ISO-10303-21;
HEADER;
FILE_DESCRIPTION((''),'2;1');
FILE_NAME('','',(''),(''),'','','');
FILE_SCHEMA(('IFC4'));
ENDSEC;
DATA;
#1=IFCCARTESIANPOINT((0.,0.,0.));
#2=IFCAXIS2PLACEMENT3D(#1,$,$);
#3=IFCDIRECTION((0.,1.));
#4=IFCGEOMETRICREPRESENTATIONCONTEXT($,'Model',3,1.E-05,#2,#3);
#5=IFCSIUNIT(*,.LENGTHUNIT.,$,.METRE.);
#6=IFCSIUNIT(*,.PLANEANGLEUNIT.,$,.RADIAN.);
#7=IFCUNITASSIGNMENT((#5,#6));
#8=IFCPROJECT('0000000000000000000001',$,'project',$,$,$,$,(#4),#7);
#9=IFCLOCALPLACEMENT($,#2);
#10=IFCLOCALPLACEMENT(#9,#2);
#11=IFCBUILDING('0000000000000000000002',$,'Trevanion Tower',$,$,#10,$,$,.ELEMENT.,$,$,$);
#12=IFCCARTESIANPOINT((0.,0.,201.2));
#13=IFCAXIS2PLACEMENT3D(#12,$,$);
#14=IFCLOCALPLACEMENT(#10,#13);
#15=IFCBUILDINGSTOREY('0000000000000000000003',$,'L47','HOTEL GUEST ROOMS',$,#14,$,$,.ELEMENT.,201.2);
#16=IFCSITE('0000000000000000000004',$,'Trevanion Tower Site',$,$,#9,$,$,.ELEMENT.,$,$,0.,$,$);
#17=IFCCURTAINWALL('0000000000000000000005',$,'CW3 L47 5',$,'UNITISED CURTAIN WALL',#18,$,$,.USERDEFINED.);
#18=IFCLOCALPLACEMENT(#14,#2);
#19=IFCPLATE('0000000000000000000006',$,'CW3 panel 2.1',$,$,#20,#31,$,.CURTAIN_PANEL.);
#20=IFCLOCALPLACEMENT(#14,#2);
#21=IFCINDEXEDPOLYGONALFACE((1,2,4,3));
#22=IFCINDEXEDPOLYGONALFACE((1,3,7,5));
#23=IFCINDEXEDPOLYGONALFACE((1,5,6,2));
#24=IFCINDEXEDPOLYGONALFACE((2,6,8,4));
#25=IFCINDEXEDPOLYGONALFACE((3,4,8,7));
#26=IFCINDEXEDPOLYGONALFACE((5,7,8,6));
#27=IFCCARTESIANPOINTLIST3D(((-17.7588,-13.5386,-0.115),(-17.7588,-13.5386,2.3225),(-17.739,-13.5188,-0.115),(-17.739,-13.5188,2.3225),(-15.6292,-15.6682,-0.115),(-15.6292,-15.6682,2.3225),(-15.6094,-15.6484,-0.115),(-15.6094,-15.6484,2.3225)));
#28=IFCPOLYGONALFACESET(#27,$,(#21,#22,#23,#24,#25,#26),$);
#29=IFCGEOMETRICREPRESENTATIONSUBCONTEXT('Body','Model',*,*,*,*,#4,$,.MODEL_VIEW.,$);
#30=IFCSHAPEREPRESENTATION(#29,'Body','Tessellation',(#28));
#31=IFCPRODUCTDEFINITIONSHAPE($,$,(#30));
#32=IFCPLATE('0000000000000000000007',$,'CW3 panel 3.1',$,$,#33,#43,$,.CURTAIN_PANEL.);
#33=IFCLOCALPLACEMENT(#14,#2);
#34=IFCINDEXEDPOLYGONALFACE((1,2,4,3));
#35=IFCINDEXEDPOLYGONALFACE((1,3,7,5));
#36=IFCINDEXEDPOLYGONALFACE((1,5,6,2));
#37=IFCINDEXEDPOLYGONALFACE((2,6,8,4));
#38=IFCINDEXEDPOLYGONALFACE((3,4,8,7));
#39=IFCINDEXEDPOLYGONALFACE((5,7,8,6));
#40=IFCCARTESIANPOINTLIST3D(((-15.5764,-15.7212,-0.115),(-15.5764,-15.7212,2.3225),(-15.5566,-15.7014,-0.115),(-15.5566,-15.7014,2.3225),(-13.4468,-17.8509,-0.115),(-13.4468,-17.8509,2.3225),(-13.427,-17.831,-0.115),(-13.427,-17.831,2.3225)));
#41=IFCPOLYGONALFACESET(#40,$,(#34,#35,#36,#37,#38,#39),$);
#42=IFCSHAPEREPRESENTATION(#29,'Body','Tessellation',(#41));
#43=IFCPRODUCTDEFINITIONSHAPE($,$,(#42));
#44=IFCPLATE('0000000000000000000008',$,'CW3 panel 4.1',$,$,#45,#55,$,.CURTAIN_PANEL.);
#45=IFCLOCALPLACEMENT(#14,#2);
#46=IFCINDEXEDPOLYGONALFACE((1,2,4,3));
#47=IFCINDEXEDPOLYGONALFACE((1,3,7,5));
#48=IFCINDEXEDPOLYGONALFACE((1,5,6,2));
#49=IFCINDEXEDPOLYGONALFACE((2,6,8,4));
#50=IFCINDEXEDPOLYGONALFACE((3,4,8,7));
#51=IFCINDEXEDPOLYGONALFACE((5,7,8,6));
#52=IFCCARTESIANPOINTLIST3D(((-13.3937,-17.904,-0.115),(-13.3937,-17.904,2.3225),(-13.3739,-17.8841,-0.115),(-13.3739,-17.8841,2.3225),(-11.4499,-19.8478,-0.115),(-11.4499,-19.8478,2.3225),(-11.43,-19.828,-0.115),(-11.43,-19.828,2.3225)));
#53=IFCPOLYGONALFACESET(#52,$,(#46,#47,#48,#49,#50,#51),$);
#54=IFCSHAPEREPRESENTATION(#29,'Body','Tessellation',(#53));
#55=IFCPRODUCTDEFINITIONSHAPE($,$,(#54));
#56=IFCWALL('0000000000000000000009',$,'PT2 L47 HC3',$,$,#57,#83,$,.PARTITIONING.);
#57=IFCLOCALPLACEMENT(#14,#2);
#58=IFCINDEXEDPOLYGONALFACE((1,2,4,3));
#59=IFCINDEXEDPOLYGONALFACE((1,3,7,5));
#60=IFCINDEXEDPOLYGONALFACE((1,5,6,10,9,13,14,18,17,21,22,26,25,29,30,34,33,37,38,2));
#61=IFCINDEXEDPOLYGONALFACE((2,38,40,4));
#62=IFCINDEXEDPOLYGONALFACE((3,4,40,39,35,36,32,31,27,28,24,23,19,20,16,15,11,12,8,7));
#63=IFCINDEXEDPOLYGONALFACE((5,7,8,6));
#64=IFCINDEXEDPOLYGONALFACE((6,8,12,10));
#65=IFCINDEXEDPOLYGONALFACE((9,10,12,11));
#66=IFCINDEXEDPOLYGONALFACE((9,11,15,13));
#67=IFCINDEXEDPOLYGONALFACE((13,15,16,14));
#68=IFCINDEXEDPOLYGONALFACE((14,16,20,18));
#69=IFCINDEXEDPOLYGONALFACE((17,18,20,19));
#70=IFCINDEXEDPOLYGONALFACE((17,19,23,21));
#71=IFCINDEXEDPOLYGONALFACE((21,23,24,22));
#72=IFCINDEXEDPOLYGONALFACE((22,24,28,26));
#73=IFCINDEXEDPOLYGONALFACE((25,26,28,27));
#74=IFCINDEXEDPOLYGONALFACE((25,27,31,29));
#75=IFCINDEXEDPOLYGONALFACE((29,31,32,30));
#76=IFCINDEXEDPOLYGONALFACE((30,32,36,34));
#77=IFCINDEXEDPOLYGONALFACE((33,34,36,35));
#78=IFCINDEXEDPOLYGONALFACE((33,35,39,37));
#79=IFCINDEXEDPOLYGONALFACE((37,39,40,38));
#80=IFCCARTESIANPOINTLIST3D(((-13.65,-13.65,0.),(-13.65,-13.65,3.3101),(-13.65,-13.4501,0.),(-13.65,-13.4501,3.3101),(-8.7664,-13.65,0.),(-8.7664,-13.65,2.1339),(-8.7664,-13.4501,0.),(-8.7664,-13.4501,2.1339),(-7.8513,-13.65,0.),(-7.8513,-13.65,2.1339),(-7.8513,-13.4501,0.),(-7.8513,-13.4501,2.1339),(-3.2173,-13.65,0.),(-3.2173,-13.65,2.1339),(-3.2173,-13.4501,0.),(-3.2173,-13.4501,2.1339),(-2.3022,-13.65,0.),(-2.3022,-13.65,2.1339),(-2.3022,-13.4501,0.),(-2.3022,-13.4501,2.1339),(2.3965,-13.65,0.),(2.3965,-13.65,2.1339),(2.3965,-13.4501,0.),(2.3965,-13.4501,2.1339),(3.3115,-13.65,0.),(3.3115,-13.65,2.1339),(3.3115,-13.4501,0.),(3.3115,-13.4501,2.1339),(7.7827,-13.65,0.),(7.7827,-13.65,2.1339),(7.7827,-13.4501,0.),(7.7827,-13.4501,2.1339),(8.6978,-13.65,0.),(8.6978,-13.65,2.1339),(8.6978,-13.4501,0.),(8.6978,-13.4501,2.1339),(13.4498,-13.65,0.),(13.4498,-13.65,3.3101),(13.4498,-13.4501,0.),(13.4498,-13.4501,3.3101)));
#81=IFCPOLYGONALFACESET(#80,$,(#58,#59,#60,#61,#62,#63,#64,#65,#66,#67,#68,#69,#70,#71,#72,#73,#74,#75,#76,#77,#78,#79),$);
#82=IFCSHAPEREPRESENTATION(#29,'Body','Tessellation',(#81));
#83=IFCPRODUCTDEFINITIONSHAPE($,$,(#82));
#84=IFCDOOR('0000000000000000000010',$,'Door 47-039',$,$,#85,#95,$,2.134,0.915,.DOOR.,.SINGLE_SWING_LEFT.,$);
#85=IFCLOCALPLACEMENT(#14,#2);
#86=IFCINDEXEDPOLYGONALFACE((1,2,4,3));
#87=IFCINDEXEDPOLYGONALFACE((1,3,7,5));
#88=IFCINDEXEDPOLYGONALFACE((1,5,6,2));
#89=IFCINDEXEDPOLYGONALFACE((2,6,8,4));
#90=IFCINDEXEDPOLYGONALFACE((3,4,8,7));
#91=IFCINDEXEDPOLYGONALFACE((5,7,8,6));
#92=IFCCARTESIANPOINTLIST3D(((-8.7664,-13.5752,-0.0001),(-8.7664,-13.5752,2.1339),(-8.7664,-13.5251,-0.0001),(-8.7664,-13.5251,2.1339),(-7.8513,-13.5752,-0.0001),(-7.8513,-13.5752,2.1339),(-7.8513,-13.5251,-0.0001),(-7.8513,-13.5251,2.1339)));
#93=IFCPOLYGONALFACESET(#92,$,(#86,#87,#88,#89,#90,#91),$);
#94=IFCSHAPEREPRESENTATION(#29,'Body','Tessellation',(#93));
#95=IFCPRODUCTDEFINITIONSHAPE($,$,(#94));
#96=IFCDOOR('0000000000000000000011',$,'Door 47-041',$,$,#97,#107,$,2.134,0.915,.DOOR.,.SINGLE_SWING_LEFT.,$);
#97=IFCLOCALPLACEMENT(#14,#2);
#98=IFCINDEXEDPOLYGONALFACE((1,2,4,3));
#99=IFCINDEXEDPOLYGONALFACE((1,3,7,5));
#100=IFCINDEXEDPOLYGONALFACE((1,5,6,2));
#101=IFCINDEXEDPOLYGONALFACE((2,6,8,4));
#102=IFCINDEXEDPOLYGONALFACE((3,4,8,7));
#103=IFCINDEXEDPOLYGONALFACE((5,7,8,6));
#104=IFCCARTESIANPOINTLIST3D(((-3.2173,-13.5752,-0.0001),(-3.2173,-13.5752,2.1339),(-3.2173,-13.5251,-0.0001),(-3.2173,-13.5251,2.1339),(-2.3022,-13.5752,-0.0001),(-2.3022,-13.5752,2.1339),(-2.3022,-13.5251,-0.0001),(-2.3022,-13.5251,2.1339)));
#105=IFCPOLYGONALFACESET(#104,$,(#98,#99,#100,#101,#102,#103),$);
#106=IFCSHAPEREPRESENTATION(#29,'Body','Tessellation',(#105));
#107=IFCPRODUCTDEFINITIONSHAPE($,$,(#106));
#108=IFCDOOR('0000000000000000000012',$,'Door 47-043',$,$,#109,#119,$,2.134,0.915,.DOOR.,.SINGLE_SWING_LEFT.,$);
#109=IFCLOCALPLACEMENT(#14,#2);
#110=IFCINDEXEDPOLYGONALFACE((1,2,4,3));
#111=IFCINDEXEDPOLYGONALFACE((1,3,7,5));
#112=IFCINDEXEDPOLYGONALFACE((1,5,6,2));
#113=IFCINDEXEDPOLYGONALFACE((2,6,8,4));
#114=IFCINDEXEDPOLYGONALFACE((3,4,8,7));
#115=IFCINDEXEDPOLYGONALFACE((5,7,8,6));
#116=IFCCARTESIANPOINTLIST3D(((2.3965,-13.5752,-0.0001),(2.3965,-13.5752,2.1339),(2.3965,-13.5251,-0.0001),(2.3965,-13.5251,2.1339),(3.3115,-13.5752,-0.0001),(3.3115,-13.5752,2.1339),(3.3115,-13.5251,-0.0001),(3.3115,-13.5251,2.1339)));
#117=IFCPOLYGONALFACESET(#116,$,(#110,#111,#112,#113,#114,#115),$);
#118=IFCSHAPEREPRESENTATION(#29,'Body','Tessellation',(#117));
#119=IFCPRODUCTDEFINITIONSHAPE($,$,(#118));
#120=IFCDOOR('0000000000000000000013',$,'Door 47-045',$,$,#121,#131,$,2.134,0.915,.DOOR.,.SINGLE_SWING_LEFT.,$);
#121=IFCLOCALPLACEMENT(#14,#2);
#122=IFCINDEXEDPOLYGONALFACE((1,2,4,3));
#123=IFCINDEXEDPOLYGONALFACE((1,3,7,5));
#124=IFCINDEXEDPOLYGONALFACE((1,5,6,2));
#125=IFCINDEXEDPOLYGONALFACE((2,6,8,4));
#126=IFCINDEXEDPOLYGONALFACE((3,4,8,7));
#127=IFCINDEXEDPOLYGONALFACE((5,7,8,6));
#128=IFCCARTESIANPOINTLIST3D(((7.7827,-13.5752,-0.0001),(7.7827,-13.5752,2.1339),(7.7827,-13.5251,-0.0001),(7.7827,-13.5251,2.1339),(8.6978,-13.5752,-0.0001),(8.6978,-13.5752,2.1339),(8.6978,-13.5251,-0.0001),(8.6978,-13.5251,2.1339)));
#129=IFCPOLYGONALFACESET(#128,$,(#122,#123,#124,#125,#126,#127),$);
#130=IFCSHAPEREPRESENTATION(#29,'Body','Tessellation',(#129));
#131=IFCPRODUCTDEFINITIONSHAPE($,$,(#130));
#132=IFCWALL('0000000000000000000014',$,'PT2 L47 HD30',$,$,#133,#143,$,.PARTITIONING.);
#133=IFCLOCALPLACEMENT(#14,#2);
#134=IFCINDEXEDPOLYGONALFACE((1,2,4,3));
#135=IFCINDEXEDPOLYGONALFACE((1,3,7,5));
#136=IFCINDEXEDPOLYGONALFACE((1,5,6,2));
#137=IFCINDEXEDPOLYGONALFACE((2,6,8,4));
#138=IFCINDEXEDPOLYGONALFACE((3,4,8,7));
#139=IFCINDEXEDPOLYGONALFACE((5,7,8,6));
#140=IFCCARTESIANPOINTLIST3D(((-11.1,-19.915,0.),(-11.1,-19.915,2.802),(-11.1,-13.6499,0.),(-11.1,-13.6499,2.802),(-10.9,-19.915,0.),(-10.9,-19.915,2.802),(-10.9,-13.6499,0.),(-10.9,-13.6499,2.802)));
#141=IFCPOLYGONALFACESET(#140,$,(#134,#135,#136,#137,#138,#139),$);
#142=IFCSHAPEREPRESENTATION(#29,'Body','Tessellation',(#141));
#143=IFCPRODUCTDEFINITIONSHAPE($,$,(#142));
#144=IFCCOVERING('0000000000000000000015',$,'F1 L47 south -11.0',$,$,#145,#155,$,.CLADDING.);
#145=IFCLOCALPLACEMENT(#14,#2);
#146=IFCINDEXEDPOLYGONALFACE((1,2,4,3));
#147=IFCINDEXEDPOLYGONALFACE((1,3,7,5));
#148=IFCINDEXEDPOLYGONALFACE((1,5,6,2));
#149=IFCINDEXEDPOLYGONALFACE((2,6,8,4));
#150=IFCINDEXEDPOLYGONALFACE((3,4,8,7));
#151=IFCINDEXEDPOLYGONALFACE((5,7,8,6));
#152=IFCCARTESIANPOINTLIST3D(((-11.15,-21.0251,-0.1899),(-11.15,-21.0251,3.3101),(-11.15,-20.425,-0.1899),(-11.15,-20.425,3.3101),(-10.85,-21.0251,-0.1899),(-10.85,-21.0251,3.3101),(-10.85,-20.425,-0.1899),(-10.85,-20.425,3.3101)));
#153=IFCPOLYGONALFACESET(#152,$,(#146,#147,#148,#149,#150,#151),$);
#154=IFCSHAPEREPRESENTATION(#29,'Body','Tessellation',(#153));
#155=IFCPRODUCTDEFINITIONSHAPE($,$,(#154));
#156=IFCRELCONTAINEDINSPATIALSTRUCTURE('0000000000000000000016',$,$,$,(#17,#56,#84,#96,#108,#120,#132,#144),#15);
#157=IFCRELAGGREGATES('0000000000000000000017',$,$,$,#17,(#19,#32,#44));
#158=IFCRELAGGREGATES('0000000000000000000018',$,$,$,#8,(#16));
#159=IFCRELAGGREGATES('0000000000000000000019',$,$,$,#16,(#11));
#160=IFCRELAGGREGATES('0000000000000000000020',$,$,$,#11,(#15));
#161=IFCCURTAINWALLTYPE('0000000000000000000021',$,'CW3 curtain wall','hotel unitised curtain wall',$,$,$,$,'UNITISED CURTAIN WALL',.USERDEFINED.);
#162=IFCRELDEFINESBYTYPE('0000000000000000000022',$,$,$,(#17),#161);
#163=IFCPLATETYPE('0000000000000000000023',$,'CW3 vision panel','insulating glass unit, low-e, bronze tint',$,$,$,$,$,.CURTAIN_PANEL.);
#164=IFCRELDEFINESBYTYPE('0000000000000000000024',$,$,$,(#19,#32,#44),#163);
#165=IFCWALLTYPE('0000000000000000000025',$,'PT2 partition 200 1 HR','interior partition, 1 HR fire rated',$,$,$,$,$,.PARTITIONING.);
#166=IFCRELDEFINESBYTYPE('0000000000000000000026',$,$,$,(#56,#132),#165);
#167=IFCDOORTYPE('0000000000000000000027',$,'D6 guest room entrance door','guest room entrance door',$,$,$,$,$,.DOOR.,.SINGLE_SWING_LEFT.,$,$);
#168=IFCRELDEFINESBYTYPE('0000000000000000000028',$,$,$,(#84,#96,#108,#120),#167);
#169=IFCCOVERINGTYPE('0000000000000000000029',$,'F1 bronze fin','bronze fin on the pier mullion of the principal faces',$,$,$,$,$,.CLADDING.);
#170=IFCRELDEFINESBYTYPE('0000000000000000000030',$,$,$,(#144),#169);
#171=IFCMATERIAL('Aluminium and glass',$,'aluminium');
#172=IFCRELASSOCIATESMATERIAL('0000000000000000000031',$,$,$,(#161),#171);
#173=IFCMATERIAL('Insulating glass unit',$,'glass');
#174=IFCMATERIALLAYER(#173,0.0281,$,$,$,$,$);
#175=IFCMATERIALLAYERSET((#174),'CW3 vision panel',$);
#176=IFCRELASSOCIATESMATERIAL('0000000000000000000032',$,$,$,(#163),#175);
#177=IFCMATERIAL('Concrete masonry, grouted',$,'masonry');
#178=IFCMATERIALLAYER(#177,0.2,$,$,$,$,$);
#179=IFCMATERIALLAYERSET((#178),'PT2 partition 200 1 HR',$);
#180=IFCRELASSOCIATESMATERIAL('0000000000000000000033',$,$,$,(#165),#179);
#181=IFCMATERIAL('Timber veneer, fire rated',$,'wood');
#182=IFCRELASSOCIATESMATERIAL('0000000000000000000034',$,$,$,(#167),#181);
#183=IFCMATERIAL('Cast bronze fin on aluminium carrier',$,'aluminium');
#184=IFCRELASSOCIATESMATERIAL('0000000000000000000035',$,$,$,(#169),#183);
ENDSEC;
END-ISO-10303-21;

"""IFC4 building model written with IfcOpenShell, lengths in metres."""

from ifc_helpers import new_model, si_unit, direction, frame, frame_2d, origin, origin_2d, place, context, subcontext, project, spatial, rectangle, extrude, material, layer, layer_set, type_object, element, fill, aggregate, save


model = new_model("IFC4")

# Units and contexts
model_context = context("Model", 3, precision=1e-05, world=origin(), true_north=direction((0.0, 1.0)))
body_context = subcontext(model_context, "Body", "Model", "MODEL_VIEW")
ifc_project = project(units=[si_unit("LENGTHUNIT", "METRE"), si_unit("PLANEANGLEUNIT", "RADIAN")], contexts=[model_context])

# Site, building, storey
site_placement = place(None, origin())
site = spatial("IfcSite", under=ifc_project, at=site_placement, Name="Trevanion Tower Site", CompositionType="ELEMENT", RefElevation=0.0)
building_placement = place(site_placement, origin())
building = spatial("IfcBuilding", under=site, at=building_placement, Name="Trevanion Tower", CompositionType="ELEMENT")
storey_placement = place(building_placement, frame((0.0, 0.0, 201.2)))
storey = spatial("IfcBuildingStorey", under=building, at=storey_placement, Name="L47", Description="HOTEL GUEST ROOMS", CompositionType="ELEMENT", Elevation=201.2)

# Curtain wall
ifc_material_1 = material(Name="Aluminium and glass", Category="aluminium")
curtain_wall_type = type_object("IfcCurtainWallType", Name="CW3 curtain wall", Description="hotel unitised curtain wall", ElementType="UNITISED CURTAIN WALL", PredefinedType="USERDEFINED", material=ifc_material_1)
curtain_wall_1_placement = place(storey_placement, origin())
curtain_wall_1 = element("IfcCurtainWall", 1, at=curtain_wall_1_placement, inside=storey, type_object=curtain_wall_type, Name="CW3 L47 5", ObjectType="UNITISED CURTAIN WALL", PredefinedType="USERDEFINED")

# Plates
ifc_material_2 = material(Name="Insulating glass unit", Category="glass")
ifc_layer_1 = layer(ifc_material_2, 0.0281)
ifc_layer_set_1 = layer_set([ifc_layer_1], Name="CW3 vision panel")
plate_type_1 = type_object("IfcPlateType", Name="CW3 vision panel", Description="insulating glass unit, low-e, bronze tint", PredefinedType="CURTAIN_PANEL", material=ifc_layer_set_1)
plate_1_placement = place(storey_placement, frame((-16.6841, -14.5935, -0.115), z_axis=(0.0, 0.0, 1.0), x_axis=(0.707107, -0.707107, 0.0)))
plate_1 = element("IfcPlate", 2, at=plate_1_placement, type_object=plate_type_1, Name="CW3 panel 2.1", PredefinedType="CURTAIN_PANEL", context=body_context, shape_type="SweptSolid", body=[
    extrude(rectangle(XDim=3.0117, YDim=0.0281, at=origin_2d()), origin(), (0.0, 0.0, 1.0), 2.4375),
])
plate_2_placement = place(storey_placement, frame((-14.5017, -16.7761, -0.115), z_axis=(0.0, 0.0, 1.0), x_axis=(0.707107, -0.707107, 0.0)))
plate_2 = element("IfcPlate", 3, at=plate_2_placement, type_object=plate_type_1, Name="CW3 panel 3.1", PredefinedType="CURTAIN_PANEL", context=body_context, shape_type="SweptSolid", body=[
    extrude(rectangle(XDim=3.0117, YDim=0.0281, at=origin_2d()), origin(), (0.0, 0.0, 1.0), 2.4375),
])
plate_3_placement = place(storey_placement, frame((-12.4119, -18.866, -0.115), z_axis=(0.0, 0.0, 1.0), x_axis=(0.707107, -0.707107, 0.0)))
plate_3 = element("IfcPlate", 4, at=plate_3_placement, type_object=plate_type_1, Name="CW3 panel 4.1", PredefinedType="CURTAIN_PANEL", context=body_context, shape_type="SweptSolid", body=[
    extrude(rectangle(XDim=2.749, YDim=0.0281, at=origin_2d()), origin(), (0.0, 0.0, 1.0), 2.4375),
])
aggregate(curtain_wall_1, [plate_1, plate_2, plate_3])

# Wall, openings, doors
ifc_material_3 = material(Name="Concrete masonry, grouted", Category="masonry")
ifc_layer_2 = layer(ifc_material_3, 0.2)
ifc_layer_set_2 = layer_set([ifc_layer_2], Name="PT2 partition 200 1 HR")
wall_type = type_object("IfcWallType", Name="PT2 partition 200 1 HR", Description="interior partition, 1 HR fire rated", PredefinedType="PARTITIONING", material=ifc_layer_set_2)
wall_1_placement = place(storey_placement, frame((-13.6499, -13.55, 0.0), z_axis=(0.0, 0.0, 1.0), x_axis=(1.0, 0.0, 0.0)))
wall_1 = element("IfcWall", 5, at=wall_1_placement, inside=storey, type_object=wall_type, Name="PT2 L47 HC3", PredefinedType="PARTITIONING", context=body_context, shape_type="SweptSolid", body=[
    extrude(rectangle(XDim=27.0999, YDim=0.2, at=frame_2d((13.5498, 0.0))), origin(), (0.0, 0.0, 1.0), 3.3101),
])
opening_1_placement = place(wall_1_placement, frame((4.8835, 0.0, 0.0)))
opening_1 = element("IfcOpeningElement", 6, at=opening_1_placement, cuts=wall_1, PredefinedType="OPENING", context=body_context, shape_type="SweptSolid", body=[
    extrude(rectangle(XDim=0.915, YDim=2.134, at=frame_2d((0.4575, 1.0669))), frame((0.0, 0.1099, 0.0), z_axis=(0.0, -1.0, 0.0), x_axis=(1.0, 0.0, 0.0)), (0.0, 0.0, 1.0), 0.22),
])
opening_2_placement = place(wall_1_placement, frame((10.4326, 0.0, 0.0)))
opening_2 = element("IfcOpeningElement", 7, at=opening_2_placement, cuts=wall_1, PredefinedType="OPENING", context=body_context, shape_type="SweptSolid", body=[
    extrude(rectangle(XDim=0.915, YDim=2.134, at=frame_2d((0.4575, 1.0669))), frame((0.0, 0.1099, 0.0), z_axis=(0.0, -1.0, 0.0), x_axis=(1.0, 0.0, 0.0)), (0.0, 0.0, 1.0), 0.22),
])
opening_3_placement = place(wall_1_placement, frame((16.0464, 0.0, 0.0)))
opening_3 = element("IfcOpeningElement", 8, at=opening_3_placement, cuts=wall_1, PredefinedType="OPENING", context=body_context, shape_type="SweptSolid", body=[
    extrude(rectangle(XDim=0.915, YDim=2.134, at=frame_2d((0.4575, 1.0669))), frame((0.0, 0.1099, 0.0), z_axis=(0.0, -1.0, 0.0), x_axis=(1.0, 0.0, 0.0)), (0.0, 0.0, 1.0), 0.22),
])
opening_4_placement = place(wall_1_placement, frame((21.4326, 0.0, 0.0)))
opening_4 = element("IfcOpeningElement", 9, at=opening_4_placement, cuts=wall_1, PredefinedType="OPENING", context=body_context, shape_type="SweptSolid", body=[
    extrude(rectangle(XDim=0.915, YDim=2.134, at=frame_2d((0.4575, 1.0669))), frame((0.0, 0.1099, 0.0), z_axis=(0.0, -1.0, 0.0), x_axis=(1.0, 0.0, 0.0)), (0.0, 0.0, 1.0), 0.22),
])
ifc_material_4 = material(Name="Timber veneer, fire rated", Category="wood")
door_type = type_object("IfcDoorType", Name="D6 guest room entrance door", Description="guest room entrance door", OperationType="SINGLE_SWING_LEFT", PredefinedType="DOOR", material=ifc_material_4)
door_1_placement = place(opening_1_placement, origin())
door_1 = element("IfcDoor", 10, at=door_1_placement, inside=storey, type_object=door_type, Name="Door 47-039", OperationType="SINGLE_SWING_LEFT", OverallHeight=2.134, OverallWidth=0.915, PredefinedType="DOOR", context=body_context, shape_type="SweptSolid", body=[
    extrude(rectangle(XDim=0.915, YDim=2.134, at=frame_2d((0.4575, 1.0669))), frame((0.0, 0.0249, 0.0), z_axis=(0.0, -1.0, 0.0), x_axis=(1.0, 0.0, 0.0)), (0.0, 0.0, 1.0), 0.05),
])
fill(opening_1, door_1)
door_2_placement = place(opening_2_placement, origin())
door_2 = element("IfcDoor", 11, at=door_2_placement, inside=storey, type_object=door_type, Name="Door 47-041", OperationType="SINGLE_SWING_LEFT", OverallHeight=2.134, OverallWidth=0.915, PredefinedType="DOOR", context=body_context, shape_type="SweptSolid", body=[
    extrude(rectangle(XDim=0.915, YDim=2.134, at=frame_2d((0.4575, 1.0669))), frame((0.0, 0.0249, 0.0), z_axis=(0.0, -1.0, 0.0), x_axis=(1.0, 0.0, 0.0)), (0.0, 0.0, 1.0), 0.05),
])
fill(opening_2, door_2)
door_3_placement = place(opening_3_placement, origin())
door_3 = element("IfcDoor", 12, at=door_3_placement, inside=storey, type_object=door_type, Name="Door 47-043", OperationType="SINGLE_SWING_LEFT", OverallHeight=2.134, OverallWidth=0.915, PredefinedType="DOOR", context=body_context, shape_type="SweptSolid", body=[
    extrude(rectangle(XDim=0.915, YDim=2.134, at=frame_2d((0.4575, 1.0669))), frame((0.0, 0.0249, 0.0), z_axis=(0.0, -1.0, 0.0), x_axis=(1.0, 0.0, 0.0)), (0.0, 0.0, 1.0), 0.05),
])
fill(opening_3, door_3)
door_4_placement = place(opening_4_placement, origin())
door_4 = element("IfcDoor", 13, at=door_4_placement, inside=storey, type_object=door_type, Name="Door 47-045", OperationType="SINGLE_SWING_LEFT", OverallHeight=2.134, OverallWidth=0.915, PredefinedType="DOOR", context=body_context, shape_type="SweptSolid", body=[
    extrude(rectangle(XDim=0.915, YDim=2.134, at=frame_2d((0.4575, 1.0669))), frame((0.0, 0.0249, 0.0), z_axis=(0.0, -1.0, 0.0), x_axis=(1.0, 0.0, 0.0)), (0.0, 0.0, 1.0), 0.05),
])
fill(opening_4, door_4)

# Wall
wall_2_placement = place(storey_placement, frame((-11.0, -13.6499, 0.0), z_axis=(0.0, 0.0, 1.0), x_axis=(0.0, -1.0, 0.0)))
element("IfcWall", 14, at=wall_2_placement, inside=storey, type_object=wall_type, Name="PT2 L47 HD30", PredefinedType="PARTITIONING", context=body_context, shape_type="SweptSolid", body=[
    extrude(rectangle(XDim=6.2651, YDim=0.2, at=frame_2d((3.1326, 0.0))), origin(), (0.0, 0.0, 1.0), 2.802),
])

# Covering
ifc_material_5 = material(Name="Cast bronze fin on aluminium carrier", Category="aluminium")
covering_type = type_object("IfcCoveringType", Name="F1 bronze fin", Description="bronze fin on the pier mullion of the principal faces", PredefinedType="CLADDING", material=ifc_material_5)
covering_placement = place(storey_placement, frame((-11.0, -20.7251, -0.1899), z_axis=(0.0, 0.0, 1.0), x_axis=(1.0, 0.0, 0.0)))
element("IfcCovering", 15, at=covering_placement, inside=storey, type_object=covering_type, Name="F1 L47 south -11.0", PredefinedType="CLADDING", context=body_context, shape_type="SweptSolid", body=[
    extrude(rectangle(XDim=0.3, YDim=0.6001, at=origin_2d()), origin(), (0.0, 0.0, 1.0), 3.5),
])

save(model, "model.ifc")
